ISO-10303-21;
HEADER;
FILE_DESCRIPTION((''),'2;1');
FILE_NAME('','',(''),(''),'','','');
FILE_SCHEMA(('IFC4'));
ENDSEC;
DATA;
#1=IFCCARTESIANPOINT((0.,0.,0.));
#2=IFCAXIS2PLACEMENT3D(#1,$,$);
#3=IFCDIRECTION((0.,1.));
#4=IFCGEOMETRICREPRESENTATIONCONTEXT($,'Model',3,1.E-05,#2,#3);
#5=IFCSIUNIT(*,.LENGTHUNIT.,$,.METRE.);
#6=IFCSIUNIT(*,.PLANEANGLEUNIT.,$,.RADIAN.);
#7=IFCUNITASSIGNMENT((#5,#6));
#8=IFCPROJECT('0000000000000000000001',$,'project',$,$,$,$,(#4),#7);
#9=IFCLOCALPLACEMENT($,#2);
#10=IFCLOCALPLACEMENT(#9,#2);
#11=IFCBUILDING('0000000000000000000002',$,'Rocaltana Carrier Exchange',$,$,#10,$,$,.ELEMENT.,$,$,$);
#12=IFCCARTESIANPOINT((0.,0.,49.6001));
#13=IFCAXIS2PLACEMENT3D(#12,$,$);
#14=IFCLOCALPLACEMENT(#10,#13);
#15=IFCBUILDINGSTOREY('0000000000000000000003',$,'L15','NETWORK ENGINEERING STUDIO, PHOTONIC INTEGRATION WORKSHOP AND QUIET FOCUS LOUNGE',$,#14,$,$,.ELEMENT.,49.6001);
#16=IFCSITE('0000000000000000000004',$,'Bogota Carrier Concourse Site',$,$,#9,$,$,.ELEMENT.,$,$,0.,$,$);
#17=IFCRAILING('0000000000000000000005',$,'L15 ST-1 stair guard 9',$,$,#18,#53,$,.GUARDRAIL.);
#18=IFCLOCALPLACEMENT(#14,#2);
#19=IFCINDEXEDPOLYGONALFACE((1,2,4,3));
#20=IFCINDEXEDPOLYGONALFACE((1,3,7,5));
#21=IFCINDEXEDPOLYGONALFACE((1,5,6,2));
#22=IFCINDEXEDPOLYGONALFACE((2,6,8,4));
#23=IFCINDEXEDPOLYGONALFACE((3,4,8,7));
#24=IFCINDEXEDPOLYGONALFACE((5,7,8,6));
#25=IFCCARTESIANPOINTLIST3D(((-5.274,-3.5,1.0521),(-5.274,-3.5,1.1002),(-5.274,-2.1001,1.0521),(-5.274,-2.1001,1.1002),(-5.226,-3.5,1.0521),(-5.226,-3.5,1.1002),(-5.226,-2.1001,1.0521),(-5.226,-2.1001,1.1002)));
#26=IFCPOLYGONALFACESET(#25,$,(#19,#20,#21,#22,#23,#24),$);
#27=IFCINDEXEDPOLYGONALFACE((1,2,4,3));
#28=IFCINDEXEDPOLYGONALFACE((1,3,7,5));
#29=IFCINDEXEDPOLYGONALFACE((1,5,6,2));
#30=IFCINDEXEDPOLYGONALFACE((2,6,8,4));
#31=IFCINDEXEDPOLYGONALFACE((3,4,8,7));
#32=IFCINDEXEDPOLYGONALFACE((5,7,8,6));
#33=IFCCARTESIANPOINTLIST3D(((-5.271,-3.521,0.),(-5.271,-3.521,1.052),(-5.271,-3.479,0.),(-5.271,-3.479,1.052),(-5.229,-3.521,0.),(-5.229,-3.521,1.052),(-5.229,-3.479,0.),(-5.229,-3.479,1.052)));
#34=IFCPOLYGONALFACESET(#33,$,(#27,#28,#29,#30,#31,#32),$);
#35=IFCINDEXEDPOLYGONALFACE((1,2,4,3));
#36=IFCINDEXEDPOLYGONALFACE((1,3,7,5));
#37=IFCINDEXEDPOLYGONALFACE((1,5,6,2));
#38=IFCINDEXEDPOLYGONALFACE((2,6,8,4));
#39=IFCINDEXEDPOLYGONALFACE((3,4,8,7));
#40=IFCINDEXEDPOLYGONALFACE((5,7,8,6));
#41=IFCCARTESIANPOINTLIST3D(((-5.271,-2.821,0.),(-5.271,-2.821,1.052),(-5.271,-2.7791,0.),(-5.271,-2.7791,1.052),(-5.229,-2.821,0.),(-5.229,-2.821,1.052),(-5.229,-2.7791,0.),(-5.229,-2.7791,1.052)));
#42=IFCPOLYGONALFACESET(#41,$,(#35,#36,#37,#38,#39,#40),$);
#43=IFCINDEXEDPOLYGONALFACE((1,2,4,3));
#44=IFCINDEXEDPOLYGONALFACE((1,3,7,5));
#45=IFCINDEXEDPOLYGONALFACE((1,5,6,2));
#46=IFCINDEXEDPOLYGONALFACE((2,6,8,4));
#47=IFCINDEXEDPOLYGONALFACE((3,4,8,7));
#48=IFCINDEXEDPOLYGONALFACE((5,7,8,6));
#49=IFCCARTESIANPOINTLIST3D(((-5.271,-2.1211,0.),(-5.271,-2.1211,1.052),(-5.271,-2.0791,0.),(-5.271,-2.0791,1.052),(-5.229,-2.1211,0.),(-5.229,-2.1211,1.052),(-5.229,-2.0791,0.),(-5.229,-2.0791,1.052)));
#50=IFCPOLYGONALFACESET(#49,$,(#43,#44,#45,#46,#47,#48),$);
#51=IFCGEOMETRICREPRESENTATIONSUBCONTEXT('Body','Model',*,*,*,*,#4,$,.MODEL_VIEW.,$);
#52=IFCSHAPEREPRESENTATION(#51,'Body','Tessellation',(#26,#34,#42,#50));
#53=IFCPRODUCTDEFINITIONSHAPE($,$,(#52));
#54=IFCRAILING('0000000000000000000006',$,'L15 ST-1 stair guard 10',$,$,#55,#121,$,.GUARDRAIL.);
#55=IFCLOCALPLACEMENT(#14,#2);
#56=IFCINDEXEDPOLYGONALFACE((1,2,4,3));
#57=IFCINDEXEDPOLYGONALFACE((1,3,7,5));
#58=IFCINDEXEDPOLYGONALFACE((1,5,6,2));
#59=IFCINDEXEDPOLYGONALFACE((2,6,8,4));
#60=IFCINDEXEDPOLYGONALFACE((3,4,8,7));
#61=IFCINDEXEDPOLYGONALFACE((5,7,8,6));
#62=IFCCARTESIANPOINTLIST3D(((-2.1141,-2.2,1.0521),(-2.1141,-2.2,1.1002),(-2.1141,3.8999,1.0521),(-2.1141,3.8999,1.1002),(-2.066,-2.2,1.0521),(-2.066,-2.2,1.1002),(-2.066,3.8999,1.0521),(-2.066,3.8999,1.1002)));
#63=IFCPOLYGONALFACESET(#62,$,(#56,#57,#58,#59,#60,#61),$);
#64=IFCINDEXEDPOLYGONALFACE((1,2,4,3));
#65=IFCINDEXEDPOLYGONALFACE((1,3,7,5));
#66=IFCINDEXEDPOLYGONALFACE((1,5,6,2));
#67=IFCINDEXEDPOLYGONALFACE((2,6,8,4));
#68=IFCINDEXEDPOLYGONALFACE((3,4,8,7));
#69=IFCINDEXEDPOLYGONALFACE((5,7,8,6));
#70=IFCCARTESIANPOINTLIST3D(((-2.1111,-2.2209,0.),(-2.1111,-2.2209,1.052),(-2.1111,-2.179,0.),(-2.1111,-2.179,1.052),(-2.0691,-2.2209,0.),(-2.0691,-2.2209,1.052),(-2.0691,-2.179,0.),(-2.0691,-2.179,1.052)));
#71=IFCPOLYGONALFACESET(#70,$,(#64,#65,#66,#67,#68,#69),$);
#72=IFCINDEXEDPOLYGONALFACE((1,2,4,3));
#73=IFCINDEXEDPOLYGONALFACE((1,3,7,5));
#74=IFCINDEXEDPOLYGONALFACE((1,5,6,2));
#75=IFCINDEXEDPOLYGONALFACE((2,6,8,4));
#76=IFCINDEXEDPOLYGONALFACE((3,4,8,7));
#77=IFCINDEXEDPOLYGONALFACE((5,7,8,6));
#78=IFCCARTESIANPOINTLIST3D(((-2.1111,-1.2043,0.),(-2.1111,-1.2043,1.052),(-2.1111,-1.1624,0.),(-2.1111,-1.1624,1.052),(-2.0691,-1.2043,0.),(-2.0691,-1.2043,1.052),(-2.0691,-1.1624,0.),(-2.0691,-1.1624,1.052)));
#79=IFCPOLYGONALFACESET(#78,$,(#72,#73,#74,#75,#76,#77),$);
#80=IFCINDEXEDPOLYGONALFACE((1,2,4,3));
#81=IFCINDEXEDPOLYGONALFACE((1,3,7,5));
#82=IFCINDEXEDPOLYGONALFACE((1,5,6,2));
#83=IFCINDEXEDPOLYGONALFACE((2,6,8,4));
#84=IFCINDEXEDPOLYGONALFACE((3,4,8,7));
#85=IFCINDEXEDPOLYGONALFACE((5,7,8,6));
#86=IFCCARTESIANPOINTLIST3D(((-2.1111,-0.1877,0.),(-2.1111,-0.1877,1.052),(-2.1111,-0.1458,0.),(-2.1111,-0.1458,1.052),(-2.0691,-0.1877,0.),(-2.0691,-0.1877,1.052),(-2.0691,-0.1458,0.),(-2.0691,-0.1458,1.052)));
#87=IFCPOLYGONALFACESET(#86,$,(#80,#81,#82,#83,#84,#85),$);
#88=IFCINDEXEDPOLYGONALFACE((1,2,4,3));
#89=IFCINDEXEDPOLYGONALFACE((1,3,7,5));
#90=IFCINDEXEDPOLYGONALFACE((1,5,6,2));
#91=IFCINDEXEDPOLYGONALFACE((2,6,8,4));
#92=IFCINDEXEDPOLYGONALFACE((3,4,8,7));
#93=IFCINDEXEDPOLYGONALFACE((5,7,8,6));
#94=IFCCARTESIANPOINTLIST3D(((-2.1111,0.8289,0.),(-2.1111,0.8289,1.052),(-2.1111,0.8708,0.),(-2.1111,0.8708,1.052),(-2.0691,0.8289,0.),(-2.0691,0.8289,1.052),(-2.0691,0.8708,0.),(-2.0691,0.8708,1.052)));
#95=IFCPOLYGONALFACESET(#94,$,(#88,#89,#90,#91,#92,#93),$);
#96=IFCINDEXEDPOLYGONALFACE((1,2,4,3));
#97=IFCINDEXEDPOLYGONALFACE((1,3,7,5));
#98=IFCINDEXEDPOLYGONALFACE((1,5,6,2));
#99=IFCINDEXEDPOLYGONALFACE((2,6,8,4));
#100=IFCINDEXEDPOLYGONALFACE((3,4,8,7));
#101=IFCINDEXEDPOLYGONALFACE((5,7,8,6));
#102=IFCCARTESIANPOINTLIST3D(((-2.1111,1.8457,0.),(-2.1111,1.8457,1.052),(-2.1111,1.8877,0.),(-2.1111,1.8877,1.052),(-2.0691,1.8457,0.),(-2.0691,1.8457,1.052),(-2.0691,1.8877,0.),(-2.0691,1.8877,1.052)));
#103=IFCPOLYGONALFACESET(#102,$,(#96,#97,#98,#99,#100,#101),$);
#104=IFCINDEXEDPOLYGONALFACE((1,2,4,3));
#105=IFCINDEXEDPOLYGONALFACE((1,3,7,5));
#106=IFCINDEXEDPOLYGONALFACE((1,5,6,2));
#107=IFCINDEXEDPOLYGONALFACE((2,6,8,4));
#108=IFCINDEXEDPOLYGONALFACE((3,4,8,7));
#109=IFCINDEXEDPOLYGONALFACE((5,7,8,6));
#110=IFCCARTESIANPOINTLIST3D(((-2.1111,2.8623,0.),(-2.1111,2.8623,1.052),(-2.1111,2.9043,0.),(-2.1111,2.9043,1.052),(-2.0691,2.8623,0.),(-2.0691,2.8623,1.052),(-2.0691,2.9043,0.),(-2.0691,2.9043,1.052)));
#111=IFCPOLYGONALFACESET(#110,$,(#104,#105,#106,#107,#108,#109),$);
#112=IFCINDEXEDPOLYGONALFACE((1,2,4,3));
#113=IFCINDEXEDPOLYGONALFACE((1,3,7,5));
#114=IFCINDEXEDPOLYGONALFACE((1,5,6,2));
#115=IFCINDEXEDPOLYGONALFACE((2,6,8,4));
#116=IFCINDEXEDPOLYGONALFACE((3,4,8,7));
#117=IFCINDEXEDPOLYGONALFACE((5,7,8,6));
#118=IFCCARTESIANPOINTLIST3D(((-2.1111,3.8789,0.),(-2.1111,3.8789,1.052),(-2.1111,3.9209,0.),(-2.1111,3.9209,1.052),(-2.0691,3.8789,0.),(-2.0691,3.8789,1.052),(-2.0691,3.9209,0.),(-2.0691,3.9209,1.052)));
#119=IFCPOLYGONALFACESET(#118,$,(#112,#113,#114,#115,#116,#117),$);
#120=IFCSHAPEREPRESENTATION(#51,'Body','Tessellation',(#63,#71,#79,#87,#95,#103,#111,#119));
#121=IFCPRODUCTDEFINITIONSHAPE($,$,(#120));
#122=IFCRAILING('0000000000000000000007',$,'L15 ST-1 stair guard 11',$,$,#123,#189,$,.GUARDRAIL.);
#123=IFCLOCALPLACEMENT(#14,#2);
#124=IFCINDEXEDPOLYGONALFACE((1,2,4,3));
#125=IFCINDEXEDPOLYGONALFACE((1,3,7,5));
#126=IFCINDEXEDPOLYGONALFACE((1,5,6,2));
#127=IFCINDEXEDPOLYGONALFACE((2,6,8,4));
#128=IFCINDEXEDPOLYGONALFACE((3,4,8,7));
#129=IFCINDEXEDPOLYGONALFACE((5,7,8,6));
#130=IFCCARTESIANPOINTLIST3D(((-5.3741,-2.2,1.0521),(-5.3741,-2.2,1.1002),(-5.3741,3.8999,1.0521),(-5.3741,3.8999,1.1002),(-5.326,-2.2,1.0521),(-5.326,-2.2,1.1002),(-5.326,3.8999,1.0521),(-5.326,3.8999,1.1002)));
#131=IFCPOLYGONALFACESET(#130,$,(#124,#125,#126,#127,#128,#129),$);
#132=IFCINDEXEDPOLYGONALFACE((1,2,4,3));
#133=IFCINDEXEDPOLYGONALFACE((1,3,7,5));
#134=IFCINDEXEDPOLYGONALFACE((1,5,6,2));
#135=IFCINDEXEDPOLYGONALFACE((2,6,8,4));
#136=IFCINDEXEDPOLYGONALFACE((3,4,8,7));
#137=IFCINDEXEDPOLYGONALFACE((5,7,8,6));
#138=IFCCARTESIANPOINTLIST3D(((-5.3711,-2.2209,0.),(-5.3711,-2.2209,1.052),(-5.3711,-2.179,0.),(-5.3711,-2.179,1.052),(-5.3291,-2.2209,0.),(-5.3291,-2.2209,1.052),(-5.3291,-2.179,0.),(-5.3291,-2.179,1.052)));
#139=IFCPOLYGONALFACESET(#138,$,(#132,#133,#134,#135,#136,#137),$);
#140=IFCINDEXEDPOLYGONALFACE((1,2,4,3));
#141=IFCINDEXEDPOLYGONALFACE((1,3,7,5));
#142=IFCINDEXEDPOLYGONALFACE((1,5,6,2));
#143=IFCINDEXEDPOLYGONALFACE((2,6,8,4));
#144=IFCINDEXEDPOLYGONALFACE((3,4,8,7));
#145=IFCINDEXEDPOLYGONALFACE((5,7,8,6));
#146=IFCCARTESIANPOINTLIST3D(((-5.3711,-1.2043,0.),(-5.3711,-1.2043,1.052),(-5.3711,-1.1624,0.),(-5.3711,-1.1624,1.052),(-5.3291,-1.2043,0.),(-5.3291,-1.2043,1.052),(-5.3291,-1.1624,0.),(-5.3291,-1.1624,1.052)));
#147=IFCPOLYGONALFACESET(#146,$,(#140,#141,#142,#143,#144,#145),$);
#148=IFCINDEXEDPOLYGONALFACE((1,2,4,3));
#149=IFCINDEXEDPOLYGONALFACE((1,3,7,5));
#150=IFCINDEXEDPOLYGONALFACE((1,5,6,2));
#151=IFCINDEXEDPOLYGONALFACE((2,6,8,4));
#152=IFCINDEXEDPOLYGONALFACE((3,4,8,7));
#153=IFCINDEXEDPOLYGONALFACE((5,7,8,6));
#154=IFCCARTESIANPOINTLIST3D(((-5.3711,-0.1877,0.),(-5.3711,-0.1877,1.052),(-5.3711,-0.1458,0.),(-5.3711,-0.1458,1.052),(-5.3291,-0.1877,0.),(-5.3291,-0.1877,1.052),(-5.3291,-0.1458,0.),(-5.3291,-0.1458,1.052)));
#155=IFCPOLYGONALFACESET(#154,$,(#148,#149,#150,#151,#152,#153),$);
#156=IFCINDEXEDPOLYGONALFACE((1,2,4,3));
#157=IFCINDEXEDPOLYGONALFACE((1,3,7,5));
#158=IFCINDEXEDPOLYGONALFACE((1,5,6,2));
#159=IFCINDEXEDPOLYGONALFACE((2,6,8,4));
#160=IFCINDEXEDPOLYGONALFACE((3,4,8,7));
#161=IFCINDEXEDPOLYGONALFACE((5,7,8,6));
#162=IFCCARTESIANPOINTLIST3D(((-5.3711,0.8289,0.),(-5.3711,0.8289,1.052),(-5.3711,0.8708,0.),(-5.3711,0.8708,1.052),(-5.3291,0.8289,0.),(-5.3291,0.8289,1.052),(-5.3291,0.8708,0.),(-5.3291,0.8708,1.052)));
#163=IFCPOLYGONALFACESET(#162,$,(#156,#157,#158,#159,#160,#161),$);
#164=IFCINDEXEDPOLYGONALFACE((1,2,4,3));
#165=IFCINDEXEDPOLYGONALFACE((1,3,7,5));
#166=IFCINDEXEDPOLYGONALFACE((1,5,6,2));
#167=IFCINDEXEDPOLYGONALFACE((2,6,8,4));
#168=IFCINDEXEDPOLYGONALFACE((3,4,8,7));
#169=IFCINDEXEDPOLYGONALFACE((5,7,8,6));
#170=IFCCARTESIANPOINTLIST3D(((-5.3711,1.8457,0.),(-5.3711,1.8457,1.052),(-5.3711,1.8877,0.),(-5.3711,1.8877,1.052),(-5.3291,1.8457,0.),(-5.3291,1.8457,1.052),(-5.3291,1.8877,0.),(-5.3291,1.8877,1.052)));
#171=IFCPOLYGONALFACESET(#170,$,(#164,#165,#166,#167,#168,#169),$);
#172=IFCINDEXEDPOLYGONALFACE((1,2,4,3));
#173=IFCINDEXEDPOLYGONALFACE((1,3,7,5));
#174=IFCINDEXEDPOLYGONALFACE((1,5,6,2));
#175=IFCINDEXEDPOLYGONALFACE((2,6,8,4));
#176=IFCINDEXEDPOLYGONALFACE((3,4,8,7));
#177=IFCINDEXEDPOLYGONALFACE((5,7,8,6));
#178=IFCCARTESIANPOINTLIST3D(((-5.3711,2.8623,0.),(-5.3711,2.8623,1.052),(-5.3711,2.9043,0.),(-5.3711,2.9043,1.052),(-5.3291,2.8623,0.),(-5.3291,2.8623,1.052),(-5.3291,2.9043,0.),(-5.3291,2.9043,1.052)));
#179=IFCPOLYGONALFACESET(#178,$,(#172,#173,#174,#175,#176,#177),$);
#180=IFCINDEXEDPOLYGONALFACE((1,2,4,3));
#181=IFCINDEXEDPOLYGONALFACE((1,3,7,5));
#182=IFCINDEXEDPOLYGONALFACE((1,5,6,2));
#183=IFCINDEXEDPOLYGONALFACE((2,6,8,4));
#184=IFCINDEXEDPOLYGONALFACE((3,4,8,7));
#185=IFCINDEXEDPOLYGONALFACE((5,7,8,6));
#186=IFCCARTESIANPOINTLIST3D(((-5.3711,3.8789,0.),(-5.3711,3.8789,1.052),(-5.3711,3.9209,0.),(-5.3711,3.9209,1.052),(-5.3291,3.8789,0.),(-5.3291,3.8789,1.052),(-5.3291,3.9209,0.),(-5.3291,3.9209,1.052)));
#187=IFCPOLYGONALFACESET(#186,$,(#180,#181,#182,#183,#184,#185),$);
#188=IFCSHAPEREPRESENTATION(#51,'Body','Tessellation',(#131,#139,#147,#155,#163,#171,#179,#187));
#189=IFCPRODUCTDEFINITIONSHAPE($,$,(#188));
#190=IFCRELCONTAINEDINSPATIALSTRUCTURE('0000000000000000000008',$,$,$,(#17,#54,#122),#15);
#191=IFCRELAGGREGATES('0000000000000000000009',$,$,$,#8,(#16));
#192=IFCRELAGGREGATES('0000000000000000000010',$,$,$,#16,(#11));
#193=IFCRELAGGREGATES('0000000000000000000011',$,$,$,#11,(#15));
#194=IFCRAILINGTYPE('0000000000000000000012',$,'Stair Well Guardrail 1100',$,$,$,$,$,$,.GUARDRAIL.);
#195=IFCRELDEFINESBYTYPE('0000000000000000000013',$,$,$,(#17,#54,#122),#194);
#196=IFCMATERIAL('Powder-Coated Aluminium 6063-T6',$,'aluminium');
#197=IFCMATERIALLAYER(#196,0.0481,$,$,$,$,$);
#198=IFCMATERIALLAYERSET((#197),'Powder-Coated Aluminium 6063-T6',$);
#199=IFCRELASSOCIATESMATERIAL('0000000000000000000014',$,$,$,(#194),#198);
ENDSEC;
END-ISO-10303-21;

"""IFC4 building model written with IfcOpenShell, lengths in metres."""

from ifc_helpers import new_model, si_unit, direction, frame, origin, origin_2d, place, context, subcontext, project, spatial, rectangle, extrude, material, layer, layer_set, type_object, element, save


model = new_model("IFC4")

# Units and contexts
model_context = context("Model", 3, precision=1e-05, world=origin(), true_north=direction((0.0, 1.0)))
body_context = subcontext(model_context, "Body", "Model", "MODEL_VIEW")
ifc_project = project(units=[si_unit("LENGTHUNIT", "METRE"), si_unit("PLANEANGLEUNIT", "RADIAN")], contexts=[model_context])

# Site, building, storey
site_placement = place(None, origin())
site = spatial("IfcSite", under=ifc_project, at=site_placement, Name="Bogota Carrier Concourse Site", CompositionType="ELEMENT", RefElevation=0.0)
building_placement = place(site_placement, origin())
building = spatial("IfcBuilding", under=site, at=building_placement, Name="Rocaltana Carrier Exchange", CompositionType="ELEMENT")
storey_placement = place(building_placement, frame((0.0, 0.0, 49.6001)))
storey = spatial("IfcBuildingStorey", under=building, at=storey_placement, Name="L15", Description="NETWORK ENGINEERING STUDIO, PHOTONIC INTEGRATION WORKSHOP AND QUIET FOCUS LOUNGE", CompositionType="ELEMENT", Elevation=49.6001)

# Railings
ifc_material_1 = material(Name="Powder-Coated Aluminium 6063-T6", Category="aluminium")
ifc_layer_1 = layer(ifc_material_1, 0.0481)
ifc_layer_set_1 = layer_set([ifc_layer_1], Name="Powder-Coated Aluminium 6063-T6")
railing_type_1 = type_object("IfcRailingType", Name="Stair Well Guardrail 1100", PredefinedType="GUARDRAIL", material=ifc_layer_set_1)
for number, where, name in (
    (1, (-5.25, -3.5, 0.0), "L15 ST-1 stair guard 9"),
):
    element("IfcRailing", number, at=place(storey_placement, frame(where)), inside=storey, type_object=railing_type_1, Name=name, PredefinedType="GUARDRAIL", context=body_context, shape_type="SweptSolid", body=[
        extrude(rectangle(XDim=0.0481, YDim=0.0481, at=origin_2d()), frame((0.0, 0.0, 1.0762), z_axis=(0.0, 1.0, 0.0), x_axis=(-1.0, 0.0, 0.0)), (0.0, 0.0, 1.0), 1.3999),
        extrude(rectangle(XDim=0.042, YDim=0.042, at=origin_2d()), origin(), (0.0, 0.0, 1.0), 1.052),
        extrude(rectangle(XDim=0.042, YDim=0.042, at=origin_2d()), frame((0.0, 0.7, 0.0)), (0.0, 0.0, 1.0), 1.052),
        extrude(rectangle(XDim=0.042, YDim=0.042, at=origin_2d()), frame((0.0, 1.3999, 0.0)), (0.0, 0.0, 1.0), 1.052),
    ])
for number, where, name in (
    (2, (-2.0901, -2.2, 0.0), "L15 ST-1 stair guard 10"),
    (3, (-5.3501, -2.2, 0.0), "L15 ST-1 stair guard 11"),
):
    element("IfcRailing", number, at=place(storey_placement, frame(where)), inside=storey, type_object=railing_type_1, Name=name, PredefinedType="GUARDRAIL", context=body_context, shape_type="SweptSolid", body=[
        extrude(rectangle(XDim=0.0481, YDim=0.0481, at=origin_2d()), frame((0.0, 0.0, 1.0762), z_axis=(0.0, 1.0, 0.0), x_axis=(-1.0, 0.0, 0.0)), (0.0, 0.0, 1.0), 6.0999),
        extrude(rectangle(XDim=0.042, YDim=0.042, at=origin_2d()), origin(), (0.0, 0.0, 1.0), 1.052),
        extrude(rectangle(XDim=0.042, YDim=0.042, at=origin_2d()), frame((0.0, 1.0166, 0.0)), (0.0, 0.0, 1.0), 1.052),
        extrude(rectangle(XDim=0.042, YDim=0.042, at=origin_2d()), frame((0.0, 2.0332, 0.0)), (0.0, 0.0, 1.0), 1.052),
        extrude(rectangle(XDim=0.042, YDim=0.042, at=origin_2d()), frame((0.0, 3.0498, 0.0)), (0.0, 0.0, 1.0), 1.052),
        extrude(rectangle(XDim=0.042, YDim=0.042, at=origin_2d()), frame((0.0, 4.0667, 0.0)), (0.0, 0.0, 1.0), 1.052),
        extrude(rectangle(XDim=0.042, YDim=0.042, at=origin_2d()), frame((0.0, 5.0833, 0.0)), (0.0, 0.0, 1.0), 1.052),
        extrude(rectangle(XDim=0.042, YDim=0.042, at=origin_2d()), frame((0.0, 6.0999, 0.0)), (0.0, 0.0, 1.0), 1.052),
    ])

save(model, "model.ifc")
